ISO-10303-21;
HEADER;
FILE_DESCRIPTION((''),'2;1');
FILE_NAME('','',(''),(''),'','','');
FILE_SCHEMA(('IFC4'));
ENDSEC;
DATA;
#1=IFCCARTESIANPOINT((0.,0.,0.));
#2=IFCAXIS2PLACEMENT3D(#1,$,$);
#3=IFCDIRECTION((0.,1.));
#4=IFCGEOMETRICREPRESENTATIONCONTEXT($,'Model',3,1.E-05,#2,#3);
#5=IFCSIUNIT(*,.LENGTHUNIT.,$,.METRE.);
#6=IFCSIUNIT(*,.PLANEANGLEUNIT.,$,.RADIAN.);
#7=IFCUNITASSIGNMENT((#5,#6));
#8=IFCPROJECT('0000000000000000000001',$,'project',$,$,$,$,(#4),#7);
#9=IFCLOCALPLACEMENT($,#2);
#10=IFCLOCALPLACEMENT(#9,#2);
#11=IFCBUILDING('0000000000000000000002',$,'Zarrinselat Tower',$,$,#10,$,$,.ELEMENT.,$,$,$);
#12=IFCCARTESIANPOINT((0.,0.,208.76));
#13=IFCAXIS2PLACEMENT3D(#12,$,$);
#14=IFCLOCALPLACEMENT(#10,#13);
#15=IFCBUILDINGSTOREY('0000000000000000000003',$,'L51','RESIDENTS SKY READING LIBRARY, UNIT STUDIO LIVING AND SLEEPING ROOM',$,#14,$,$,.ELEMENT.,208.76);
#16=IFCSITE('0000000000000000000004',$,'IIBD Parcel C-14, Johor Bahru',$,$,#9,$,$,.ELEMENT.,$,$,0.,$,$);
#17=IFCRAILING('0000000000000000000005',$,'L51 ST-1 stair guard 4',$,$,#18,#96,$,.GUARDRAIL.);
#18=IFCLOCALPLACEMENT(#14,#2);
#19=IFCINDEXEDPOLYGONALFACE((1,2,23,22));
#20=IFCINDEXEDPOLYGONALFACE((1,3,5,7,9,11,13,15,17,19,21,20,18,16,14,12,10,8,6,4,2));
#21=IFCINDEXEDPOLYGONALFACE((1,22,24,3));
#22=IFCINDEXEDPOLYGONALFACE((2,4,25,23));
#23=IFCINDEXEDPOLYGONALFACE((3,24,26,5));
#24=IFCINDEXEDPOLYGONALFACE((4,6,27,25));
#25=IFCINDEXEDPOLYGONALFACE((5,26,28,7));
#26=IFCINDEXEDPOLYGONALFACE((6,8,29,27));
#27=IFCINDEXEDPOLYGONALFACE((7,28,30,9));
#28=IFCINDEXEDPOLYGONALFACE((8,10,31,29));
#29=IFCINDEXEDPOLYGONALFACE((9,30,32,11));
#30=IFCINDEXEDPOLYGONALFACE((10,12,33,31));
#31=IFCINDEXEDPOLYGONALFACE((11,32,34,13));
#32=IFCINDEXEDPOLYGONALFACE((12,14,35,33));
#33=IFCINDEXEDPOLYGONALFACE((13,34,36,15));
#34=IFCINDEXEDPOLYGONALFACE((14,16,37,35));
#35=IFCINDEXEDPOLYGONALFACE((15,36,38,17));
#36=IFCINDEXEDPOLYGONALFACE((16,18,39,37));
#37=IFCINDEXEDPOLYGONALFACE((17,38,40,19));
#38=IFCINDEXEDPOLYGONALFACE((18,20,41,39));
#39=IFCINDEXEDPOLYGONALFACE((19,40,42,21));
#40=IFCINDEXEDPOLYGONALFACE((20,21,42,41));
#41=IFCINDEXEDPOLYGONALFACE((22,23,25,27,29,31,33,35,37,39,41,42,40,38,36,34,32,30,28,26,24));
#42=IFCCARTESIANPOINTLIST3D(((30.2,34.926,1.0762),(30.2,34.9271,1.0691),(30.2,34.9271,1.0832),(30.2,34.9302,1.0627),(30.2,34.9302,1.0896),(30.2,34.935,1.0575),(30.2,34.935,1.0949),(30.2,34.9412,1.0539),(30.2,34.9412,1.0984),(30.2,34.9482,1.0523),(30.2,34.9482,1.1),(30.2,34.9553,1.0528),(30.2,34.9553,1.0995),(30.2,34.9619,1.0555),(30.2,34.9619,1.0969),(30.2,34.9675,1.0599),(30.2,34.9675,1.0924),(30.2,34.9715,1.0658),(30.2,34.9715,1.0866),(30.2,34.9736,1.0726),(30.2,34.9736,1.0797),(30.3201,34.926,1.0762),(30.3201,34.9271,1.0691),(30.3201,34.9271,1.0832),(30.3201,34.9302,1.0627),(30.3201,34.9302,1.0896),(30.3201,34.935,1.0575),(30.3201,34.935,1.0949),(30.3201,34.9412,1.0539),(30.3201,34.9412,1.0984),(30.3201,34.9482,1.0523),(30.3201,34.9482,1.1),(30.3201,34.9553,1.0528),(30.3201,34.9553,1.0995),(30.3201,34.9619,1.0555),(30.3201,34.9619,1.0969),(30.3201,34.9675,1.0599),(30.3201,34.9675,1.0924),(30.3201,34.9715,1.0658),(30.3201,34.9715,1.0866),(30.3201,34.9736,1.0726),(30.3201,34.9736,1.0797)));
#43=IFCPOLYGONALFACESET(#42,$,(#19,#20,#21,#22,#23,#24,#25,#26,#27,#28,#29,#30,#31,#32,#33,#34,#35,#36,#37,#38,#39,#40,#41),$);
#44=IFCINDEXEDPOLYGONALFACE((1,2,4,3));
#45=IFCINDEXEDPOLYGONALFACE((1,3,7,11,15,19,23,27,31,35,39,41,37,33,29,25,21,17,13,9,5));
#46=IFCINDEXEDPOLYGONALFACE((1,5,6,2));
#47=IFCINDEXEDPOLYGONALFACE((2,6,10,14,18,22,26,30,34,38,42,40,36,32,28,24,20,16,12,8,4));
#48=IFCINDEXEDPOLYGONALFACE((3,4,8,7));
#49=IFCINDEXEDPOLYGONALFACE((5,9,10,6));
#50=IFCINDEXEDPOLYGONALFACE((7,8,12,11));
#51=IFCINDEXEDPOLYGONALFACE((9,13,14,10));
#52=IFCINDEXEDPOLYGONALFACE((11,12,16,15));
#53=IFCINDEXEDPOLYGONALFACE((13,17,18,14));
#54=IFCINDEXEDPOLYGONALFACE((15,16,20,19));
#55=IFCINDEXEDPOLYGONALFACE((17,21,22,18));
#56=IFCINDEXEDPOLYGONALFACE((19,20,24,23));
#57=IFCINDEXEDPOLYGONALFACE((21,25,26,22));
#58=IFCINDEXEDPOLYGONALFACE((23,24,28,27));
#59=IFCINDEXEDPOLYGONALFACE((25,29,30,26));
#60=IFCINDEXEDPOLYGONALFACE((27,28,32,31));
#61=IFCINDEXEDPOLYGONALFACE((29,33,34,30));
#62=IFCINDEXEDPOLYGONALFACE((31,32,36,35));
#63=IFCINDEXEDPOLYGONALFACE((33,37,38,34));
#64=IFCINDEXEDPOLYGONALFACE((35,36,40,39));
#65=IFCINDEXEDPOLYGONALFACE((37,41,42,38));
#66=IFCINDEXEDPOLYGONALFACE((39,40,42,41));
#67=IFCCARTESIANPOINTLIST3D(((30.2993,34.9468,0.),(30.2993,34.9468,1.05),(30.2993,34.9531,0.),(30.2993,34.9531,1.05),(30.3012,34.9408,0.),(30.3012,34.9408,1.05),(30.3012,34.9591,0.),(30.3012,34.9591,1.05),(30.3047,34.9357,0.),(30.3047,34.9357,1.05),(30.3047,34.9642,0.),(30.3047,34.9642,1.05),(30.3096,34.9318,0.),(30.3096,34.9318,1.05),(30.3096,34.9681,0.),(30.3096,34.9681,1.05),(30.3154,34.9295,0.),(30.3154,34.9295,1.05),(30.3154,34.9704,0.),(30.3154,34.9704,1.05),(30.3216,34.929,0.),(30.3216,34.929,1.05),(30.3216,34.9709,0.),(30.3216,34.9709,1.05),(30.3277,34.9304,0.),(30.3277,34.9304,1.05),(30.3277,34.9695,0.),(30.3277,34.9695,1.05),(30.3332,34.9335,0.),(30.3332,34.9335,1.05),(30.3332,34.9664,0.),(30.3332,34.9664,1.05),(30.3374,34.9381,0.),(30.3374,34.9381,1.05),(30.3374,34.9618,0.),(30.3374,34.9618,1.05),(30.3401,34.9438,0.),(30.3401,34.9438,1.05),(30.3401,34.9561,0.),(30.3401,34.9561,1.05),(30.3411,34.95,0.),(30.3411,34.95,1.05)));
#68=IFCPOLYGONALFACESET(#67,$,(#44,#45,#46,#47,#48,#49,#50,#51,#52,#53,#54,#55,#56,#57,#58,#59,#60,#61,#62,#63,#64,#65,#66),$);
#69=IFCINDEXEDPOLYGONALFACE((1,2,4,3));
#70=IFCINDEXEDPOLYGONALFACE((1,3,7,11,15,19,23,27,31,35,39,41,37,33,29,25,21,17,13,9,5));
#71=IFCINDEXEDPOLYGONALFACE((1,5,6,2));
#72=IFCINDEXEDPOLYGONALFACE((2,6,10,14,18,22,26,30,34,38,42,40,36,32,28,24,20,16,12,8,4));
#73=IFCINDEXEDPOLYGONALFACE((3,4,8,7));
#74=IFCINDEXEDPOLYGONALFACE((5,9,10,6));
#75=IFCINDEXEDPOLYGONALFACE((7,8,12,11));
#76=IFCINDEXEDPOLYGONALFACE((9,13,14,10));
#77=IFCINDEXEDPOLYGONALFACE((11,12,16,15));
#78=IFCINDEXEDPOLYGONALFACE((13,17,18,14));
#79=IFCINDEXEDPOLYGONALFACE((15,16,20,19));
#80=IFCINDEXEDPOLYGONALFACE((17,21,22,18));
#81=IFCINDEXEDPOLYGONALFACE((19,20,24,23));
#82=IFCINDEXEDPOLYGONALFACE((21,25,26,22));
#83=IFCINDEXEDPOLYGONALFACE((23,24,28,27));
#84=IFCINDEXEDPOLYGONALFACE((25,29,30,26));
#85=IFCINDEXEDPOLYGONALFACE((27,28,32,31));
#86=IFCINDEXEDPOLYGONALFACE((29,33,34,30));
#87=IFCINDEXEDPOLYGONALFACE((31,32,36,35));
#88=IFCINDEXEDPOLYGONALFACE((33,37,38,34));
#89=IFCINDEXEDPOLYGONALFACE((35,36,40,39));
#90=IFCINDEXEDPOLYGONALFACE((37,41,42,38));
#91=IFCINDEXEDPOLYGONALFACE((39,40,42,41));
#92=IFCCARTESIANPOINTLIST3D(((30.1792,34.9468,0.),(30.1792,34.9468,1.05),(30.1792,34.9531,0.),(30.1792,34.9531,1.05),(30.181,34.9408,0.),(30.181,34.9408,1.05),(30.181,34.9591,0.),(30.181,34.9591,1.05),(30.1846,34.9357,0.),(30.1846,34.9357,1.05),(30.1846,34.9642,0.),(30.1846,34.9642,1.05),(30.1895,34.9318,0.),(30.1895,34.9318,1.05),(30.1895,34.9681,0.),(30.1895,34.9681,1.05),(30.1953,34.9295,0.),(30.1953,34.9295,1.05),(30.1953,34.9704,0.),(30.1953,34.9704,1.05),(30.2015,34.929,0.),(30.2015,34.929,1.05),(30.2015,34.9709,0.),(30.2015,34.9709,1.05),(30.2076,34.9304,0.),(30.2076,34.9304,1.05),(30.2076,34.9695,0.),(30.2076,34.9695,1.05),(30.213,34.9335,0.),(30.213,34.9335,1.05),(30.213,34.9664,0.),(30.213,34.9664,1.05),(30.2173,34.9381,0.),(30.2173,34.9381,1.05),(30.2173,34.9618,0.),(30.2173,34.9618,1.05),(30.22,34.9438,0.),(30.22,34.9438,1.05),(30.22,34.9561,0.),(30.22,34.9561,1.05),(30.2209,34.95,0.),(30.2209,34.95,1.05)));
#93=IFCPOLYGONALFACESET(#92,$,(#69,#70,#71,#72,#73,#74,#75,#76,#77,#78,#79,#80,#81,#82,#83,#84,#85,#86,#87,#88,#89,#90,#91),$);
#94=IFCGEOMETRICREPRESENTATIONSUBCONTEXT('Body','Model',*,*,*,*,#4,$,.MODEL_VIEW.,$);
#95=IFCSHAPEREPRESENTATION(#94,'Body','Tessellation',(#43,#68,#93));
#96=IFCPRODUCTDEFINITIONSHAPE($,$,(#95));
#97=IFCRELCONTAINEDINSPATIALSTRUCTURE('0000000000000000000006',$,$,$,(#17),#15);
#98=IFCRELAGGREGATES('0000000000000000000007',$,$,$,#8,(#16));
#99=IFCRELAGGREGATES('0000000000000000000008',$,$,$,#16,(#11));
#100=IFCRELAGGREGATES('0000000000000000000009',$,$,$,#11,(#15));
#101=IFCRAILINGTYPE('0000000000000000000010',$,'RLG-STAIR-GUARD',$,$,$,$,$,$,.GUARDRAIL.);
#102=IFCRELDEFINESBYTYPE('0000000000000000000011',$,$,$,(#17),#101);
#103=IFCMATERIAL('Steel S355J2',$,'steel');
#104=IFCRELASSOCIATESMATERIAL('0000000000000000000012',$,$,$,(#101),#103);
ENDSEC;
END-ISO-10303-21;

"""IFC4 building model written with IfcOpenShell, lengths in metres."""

from ifc_helpers import new_model, si_unit, direction, frame, origin, origin_2d, place, context, subcontext, project, spatial, circle, extrude, material, type_object, element, save


model = new_model("IFC4")

# Units and contexts
model_context = context("Model", 3, precision=1e-05, world=origin(), true_north=direction((0.0, 1.0)))
body_context = subcontext(model_context, "Body", "Model", "MODEL_VIEW")
ifc_project = project(units=[si_unit("LENGTHUNIT", "METRE"), si_unit("PLANEANGLEUNIT", "RADIAN")], contexts=[model_context])

# Site, building, storey
site_placement = place(None, origin())
site = spatial("IfcSite", under=ifc_project, at=site_placement, Name="IIBD Parcel C-14, Johor Bahru", CompositionType="ELEMENT", RefElevation=0.0)
building_placement = place(site_placement, origin())
building = spatial("IfcBuilding", under=site, at=building_placement, Name="Zarrinselat Tower", CompositionType="ELEMENT")
storey_placement = place(building_placement, frame((0.0, 0.0, 208.76)))
storey = spatial("IfcBuildingStorey", under=building, at=storey_placement, Name="L51", Description="RESIDENTS SKY READING LIBRARY, UNIT STUDIO LIVING AND SLEEPING ROOM", CompositionType="ELEMENT", Elevation=208.76)

# Railing
ifc_material_1 = material(Name="Steel S355J2", Category="steel")
railing_type_1 = type_object("IfcRailingType", Name="RLG-STAIR-GUARD", PredefinedType="GUARDRAIL", material=ifc_material_1)
railing_1_placement = place(storey_placement, frame((30.3201, 34.95, 0.0)))
element("IfcRailing", 1, at=railing_1_placement, inside=storey, type_object=railing_type_1, Name="L51 ST-1 stair guard 4", PredefinedType="GUARDRAIL", context=body_context, shape_type="SweptSolid", body=[
    extrude(circle(Radius=0.0239, at=origin_2d()), frame((0.0, 0.0, 1.0762), z_axis=(-1.0, 0.0, 0.0), x_axis=(0.0, -1.0, 0.0)), (0.0, 0.0, 1.0), 0.1201),
    extrude(circle(Radius=0.021, at=origin_2d()), origin(), (0.0, 0.0, 1.0), 1.05),
    extrude(circle(Radius=0.021, at=origin_2d()), frame((-0.1201, 0.0, 0.0)), (0.0, 0.0, 1.0), 1.05),
])

save(model, "model.ifc")
